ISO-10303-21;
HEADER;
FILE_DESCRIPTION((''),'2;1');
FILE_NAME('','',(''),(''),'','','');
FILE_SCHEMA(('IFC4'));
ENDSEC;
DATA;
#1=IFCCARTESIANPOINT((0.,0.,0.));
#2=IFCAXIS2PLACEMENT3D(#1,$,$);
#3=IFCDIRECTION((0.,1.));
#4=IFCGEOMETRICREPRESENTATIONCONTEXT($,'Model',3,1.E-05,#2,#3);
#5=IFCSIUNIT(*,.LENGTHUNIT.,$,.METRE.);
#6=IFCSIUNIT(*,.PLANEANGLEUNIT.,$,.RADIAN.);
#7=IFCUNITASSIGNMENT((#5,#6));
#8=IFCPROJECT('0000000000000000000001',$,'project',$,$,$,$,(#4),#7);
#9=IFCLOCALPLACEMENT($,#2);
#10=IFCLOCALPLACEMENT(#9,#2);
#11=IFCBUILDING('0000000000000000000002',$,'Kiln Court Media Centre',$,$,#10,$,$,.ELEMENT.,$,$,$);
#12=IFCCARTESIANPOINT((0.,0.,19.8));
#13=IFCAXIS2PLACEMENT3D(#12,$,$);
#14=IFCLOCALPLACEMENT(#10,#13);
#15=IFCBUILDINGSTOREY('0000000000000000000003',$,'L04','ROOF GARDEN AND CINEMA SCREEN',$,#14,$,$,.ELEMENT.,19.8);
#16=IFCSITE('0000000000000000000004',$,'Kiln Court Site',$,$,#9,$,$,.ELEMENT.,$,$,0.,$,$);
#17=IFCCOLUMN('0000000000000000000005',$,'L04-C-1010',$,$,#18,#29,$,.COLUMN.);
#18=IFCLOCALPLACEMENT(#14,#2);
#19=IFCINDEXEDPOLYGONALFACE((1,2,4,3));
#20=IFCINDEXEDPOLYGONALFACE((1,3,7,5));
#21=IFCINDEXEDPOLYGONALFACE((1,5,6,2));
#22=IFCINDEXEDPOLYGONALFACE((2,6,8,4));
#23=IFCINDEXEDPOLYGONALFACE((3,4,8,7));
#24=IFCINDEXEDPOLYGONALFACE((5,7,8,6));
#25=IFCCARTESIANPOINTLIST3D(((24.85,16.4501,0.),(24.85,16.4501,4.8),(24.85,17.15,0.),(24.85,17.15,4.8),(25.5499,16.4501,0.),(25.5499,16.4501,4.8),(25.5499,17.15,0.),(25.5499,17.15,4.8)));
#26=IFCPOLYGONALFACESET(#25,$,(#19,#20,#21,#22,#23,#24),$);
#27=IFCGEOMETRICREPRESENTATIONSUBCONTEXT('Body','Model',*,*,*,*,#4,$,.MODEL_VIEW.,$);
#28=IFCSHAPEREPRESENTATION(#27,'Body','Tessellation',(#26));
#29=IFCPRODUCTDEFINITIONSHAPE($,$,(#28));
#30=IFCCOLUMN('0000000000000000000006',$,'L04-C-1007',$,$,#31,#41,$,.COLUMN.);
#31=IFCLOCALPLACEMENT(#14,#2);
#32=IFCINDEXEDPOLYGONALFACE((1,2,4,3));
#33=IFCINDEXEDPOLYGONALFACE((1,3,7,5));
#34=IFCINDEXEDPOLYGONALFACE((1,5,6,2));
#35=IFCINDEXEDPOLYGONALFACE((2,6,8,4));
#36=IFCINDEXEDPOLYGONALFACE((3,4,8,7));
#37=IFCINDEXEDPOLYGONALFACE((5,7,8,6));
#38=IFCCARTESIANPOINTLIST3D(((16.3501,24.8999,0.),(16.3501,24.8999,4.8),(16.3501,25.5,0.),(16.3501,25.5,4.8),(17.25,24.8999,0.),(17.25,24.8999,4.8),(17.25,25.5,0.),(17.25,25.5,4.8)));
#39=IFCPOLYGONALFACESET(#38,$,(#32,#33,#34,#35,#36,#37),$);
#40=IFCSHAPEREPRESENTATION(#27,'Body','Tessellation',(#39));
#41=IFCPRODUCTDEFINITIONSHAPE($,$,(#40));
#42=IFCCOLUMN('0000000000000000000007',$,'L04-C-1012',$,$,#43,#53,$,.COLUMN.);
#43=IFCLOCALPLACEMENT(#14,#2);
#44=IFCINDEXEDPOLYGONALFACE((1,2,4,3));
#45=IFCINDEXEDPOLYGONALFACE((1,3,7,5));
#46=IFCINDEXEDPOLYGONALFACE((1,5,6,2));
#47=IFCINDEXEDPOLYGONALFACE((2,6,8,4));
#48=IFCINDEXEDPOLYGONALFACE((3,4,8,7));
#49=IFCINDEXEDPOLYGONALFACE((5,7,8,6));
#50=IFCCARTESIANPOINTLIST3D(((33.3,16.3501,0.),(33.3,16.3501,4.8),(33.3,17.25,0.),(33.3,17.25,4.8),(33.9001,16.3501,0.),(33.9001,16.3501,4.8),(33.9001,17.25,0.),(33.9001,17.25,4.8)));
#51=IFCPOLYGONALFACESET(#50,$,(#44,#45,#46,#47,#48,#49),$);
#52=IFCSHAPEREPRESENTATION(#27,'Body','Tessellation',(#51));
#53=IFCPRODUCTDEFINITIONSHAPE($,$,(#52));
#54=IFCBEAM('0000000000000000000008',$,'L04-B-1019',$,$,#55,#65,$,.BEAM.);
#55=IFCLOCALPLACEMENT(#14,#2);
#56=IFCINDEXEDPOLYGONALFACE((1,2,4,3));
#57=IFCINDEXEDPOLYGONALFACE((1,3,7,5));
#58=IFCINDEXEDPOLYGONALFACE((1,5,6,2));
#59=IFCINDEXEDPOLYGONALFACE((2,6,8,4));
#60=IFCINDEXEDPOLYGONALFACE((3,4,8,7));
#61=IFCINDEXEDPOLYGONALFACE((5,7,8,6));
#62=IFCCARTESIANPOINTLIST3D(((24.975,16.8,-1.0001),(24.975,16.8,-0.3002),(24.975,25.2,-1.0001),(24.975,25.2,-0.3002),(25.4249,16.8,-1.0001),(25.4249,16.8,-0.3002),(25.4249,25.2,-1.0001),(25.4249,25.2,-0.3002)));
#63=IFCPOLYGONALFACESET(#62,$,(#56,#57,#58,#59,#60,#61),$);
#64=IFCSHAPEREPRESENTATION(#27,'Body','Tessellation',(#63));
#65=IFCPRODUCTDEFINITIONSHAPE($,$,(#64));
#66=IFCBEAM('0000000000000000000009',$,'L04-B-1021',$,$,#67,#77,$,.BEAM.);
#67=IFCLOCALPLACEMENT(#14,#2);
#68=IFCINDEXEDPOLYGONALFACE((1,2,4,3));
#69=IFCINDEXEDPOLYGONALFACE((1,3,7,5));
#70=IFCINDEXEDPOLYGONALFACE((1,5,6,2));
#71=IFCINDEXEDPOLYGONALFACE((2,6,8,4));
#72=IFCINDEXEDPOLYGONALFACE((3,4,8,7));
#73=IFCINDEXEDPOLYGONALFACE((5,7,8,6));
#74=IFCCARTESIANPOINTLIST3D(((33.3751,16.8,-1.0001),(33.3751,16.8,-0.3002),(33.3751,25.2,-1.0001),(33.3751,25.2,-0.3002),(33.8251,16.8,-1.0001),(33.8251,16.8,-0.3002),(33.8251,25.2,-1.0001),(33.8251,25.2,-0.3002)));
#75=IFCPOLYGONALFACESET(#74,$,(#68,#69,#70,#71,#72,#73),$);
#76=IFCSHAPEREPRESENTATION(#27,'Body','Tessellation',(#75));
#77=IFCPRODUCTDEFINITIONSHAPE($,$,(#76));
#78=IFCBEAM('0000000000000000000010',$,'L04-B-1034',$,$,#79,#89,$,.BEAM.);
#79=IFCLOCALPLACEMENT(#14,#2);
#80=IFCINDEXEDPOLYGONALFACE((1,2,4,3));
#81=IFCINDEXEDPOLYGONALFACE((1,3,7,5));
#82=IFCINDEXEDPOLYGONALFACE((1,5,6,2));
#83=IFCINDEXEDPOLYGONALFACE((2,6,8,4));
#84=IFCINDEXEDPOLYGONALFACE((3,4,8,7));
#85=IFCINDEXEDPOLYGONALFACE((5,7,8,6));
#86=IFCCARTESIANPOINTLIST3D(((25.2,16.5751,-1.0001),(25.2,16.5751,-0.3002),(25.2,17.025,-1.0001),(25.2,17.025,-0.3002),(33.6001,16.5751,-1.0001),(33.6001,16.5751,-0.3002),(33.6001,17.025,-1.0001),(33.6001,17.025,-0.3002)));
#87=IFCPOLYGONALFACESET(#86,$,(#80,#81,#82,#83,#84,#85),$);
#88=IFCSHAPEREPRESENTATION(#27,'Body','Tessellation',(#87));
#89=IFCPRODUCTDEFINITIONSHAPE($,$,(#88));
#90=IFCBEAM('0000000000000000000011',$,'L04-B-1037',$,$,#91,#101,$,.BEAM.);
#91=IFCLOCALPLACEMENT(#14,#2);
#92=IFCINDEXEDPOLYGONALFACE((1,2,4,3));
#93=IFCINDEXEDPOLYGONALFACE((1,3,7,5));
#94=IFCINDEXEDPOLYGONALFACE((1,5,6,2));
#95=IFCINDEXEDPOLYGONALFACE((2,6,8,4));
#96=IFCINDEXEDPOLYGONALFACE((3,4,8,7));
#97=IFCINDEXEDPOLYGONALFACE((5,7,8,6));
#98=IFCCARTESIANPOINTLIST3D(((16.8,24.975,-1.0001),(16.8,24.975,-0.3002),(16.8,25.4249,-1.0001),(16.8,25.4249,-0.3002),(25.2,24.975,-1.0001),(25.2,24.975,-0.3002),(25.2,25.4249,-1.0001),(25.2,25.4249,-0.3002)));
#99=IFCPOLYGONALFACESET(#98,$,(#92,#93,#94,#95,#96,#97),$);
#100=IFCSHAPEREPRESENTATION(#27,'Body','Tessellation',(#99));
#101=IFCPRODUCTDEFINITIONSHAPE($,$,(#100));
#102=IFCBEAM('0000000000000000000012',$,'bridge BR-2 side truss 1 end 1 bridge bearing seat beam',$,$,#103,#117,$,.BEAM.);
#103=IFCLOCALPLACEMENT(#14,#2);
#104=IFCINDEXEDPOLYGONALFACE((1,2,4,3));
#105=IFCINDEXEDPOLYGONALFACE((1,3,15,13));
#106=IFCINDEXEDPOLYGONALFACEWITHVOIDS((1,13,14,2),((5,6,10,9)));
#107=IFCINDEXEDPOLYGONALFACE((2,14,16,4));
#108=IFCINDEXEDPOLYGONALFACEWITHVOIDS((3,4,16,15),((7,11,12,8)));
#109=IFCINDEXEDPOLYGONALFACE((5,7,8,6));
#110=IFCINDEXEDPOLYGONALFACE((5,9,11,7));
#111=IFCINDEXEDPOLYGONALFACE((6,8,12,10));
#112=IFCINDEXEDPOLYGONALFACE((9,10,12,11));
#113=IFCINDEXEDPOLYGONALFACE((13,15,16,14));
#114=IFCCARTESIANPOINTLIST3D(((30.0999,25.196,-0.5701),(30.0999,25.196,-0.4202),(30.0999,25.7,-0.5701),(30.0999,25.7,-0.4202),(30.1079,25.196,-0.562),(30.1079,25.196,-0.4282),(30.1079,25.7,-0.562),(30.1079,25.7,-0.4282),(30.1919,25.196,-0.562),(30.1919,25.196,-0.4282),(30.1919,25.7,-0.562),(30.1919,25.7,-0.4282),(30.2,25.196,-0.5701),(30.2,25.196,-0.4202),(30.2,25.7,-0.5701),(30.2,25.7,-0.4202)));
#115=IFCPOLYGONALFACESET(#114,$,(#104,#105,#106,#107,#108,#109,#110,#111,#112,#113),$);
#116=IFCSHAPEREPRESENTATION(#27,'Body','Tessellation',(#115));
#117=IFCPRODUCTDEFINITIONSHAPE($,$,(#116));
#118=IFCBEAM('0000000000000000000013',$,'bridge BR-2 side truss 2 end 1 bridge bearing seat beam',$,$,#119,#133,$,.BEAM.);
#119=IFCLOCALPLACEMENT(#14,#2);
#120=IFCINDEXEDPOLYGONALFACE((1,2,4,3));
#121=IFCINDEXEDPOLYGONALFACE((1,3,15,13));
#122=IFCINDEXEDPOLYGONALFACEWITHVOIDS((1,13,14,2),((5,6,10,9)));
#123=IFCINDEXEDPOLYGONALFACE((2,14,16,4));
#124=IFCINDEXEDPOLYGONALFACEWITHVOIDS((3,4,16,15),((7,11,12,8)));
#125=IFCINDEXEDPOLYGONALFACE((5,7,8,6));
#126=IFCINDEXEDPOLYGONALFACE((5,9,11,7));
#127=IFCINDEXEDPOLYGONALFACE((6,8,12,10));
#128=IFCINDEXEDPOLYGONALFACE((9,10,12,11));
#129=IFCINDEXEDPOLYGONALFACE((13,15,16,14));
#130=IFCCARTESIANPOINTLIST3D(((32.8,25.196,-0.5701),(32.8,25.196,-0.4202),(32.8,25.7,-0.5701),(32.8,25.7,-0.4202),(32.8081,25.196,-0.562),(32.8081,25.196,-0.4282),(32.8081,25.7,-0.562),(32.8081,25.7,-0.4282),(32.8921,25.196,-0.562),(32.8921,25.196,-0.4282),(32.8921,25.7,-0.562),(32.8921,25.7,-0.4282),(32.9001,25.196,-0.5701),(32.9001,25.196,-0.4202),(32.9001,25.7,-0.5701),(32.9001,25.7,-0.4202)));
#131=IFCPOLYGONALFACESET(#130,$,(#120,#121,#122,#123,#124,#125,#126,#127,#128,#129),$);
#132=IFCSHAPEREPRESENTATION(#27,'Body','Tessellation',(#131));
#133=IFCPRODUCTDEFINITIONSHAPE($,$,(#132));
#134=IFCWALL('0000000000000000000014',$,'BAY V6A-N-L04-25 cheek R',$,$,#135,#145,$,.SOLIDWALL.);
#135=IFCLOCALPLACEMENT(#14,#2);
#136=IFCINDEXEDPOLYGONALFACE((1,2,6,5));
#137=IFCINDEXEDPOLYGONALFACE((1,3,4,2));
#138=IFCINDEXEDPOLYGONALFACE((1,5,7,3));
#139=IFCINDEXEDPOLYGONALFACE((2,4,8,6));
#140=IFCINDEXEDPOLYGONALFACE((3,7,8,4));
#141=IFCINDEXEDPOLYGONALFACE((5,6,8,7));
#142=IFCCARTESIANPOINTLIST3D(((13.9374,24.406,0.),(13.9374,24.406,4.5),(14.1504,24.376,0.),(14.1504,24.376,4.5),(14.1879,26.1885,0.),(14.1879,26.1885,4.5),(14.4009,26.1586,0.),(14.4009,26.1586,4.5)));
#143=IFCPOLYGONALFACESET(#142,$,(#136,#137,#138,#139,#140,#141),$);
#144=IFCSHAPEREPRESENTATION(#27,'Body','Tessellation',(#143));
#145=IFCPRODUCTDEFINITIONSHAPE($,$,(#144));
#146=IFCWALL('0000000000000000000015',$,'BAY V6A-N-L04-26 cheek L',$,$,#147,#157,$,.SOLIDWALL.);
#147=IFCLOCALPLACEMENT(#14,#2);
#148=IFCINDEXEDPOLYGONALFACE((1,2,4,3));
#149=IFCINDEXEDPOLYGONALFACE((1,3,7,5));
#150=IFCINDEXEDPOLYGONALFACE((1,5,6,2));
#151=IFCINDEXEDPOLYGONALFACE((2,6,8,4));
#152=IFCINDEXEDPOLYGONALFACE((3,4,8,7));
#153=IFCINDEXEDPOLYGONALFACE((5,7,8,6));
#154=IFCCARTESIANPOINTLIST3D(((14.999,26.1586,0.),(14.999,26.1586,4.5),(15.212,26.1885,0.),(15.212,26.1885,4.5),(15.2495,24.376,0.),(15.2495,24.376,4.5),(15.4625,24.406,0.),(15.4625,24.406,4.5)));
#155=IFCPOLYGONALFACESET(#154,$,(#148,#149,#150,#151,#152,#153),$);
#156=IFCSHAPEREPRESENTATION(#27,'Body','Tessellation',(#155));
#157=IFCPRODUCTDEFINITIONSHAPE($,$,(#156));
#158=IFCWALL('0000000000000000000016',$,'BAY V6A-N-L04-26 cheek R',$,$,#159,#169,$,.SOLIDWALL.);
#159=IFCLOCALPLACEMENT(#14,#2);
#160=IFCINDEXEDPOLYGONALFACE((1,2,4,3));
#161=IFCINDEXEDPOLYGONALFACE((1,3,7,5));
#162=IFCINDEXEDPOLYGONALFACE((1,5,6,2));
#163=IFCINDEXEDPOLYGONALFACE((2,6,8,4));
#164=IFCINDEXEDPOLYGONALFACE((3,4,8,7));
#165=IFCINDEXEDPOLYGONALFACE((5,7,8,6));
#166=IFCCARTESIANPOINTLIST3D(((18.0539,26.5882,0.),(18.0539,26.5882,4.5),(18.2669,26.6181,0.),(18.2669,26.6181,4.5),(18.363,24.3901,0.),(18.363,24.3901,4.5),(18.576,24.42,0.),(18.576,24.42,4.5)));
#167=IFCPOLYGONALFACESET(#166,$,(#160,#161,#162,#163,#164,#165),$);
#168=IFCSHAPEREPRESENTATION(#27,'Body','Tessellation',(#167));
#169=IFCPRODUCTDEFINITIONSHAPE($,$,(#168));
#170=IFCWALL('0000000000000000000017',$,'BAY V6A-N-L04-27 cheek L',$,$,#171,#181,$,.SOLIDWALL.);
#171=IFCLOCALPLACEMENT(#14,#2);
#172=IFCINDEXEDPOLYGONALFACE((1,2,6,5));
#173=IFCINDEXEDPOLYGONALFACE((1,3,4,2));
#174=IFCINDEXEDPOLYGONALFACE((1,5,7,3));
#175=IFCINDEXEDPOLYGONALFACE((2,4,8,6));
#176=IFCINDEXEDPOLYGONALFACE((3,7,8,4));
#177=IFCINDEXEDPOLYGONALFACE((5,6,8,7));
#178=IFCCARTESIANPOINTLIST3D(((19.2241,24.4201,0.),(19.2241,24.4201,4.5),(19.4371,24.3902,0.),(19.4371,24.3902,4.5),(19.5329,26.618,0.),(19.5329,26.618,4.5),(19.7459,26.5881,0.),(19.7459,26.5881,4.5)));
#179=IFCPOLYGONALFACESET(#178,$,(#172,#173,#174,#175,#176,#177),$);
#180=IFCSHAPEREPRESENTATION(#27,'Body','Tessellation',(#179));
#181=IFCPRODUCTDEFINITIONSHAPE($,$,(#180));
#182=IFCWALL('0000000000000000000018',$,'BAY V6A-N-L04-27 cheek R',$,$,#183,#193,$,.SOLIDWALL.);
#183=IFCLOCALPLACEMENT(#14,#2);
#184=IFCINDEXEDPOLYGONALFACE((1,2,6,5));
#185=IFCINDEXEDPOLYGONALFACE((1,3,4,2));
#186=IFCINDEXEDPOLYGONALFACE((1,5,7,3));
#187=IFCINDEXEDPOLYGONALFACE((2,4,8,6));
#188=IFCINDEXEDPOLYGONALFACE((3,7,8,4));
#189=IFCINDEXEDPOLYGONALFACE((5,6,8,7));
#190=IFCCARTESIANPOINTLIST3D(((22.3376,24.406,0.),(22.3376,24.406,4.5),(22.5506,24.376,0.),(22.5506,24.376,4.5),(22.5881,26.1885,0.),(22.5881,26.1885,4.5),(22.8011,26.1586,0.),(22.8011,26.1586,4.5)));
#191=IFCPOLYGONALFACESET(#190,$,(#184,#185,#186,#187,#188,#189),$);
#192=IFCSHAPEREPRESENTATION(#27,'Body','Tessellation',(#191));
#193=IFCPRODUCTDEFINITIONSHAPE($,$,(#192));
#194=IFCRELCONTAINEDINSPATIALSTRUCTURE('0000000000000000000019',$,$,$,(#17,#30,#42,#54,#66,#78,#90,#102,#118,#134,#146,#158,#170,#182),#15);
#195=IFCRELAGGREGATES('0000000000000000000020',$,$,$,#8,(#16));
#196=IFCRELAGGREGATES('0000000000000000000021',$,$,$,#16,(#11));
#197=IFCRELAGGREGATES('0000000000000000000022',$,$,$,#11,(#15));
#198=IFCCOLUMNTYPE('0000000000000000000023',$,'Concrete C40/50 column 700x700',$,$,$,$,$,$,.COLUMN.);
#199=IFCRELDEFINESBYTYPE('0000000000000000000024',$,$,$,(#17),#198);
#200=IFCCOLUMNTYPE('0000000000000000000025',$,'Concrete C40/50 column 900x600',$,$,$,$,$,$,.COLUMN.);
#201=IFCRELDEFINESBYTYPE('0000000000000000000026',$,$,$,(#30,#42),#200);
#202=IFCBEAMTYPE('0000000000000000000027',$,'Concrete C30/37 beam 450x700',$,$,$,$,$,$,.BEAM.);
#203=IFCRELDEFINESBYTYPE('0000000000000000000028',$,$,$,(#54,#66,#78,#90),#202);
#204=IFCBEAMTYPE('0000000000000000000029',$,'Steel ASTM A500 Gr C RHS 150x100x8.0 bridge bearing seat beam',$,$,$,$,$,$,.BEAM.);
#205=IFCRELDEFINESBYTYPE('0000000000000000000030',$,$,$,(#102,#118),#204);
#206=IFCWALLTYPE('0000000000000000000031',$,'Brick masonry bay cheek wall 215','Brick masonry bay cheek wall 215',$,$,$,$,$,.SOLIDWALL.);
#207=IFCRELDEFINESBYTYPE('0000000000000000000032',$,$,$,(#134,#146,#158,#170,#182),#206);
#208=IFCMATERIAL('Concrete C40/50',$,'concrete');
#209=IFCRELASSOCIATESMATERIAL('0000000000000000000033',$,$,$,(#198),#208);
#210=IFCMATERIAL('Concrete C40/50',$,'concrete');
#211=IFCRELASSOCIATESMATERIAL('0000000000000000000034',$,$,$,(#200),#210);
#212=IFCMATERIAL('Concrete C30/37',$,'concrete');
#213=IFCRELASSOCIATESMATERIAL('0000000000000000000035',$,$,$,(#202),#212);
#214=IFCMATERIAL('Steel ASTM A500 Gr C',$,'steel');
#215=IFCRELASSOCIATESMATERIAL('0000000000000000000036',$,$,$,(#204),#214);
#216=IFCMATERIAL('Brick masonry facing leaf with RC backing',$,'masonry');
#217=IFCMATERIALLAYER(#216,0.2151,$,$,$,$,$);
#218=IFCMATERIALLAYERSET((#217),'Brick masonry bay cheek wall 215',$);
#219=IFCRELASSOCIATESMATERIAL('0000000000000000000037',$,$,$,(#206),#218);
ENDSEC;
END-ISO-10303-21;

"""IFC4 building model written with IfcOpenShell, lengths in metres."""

from ifc_helpers import new_model, si_unit, direction, frame, frame_2d, origin, origin_2d, place, context, subcontext, project, spatial, rectangle, hollow_rectangle, extrude, material, layer, layer_set, material_profile, profile_set, type_object, element, save


model = new_model("IFC4")

# Units and contexts
model_context = context("Model", 3, precision=1e-05, world=origin(), true_north=direction((0.0, 1.0)))
body_context = subcontext(model_context, "Body", "Model", "MODEL_VIEW")
ifc_project = project(units=[si_unit("LENGTHUNIT", "METRE"), si_unit("PLANEANGLEUNIT", "RADIAN")], contexts=[model_context])

# Site, building, storey
site_placement = place(None, origin())
site = spatial("IfcSite", under=ifc_project, at=site_placement, Name="Kiln Court Site", CompositionType="ELEMENT", RefElevation=0.0)
building_placement = place(site_placement, origin())
building = spatial("IfcBuilding", under=site, at=building_placement, Name="Kiln Court Media Centre", CompositionType="ELEMENT")
storey_placement = place(building_placement, frame((0.0, 0.0, 19.8)))
storey = spatial("IfcBuildingStorey", under=building, at=storey_placement, Name="L04", Description="ROOF GARDEN AND CINEMA SCREEN", CompositionType="ELEMENT", Elevation=19.8)

# Columns
ifc_material_1 = material(Name="Concrete C40/50", Category="concrete")
ifc_material_profile_1 = material_profile(ifc_material_1, rectangle(XDim=0.7, YDim=0.7, at=origin_2d()), Name="RC 700x700")
ifc_profile_set_1 = profile_set([ifc_material_profile_1], Name="Concrete C40/50")
column_type_1 = type_object("IfcColumnType", Name="Concrete C40/50 column 700x700", PredefinedType="COLUMN", material=ifc_profile_set_1)
column_placement = place(storey_placement, frame((25.2, 16.8, 0.0), z_axis=(0.0, 0.0, 1.0), x_axis=(1.0, 0.0, 0.0)))
element("IfcColumn", 1, at=column_placement, inside=storey, type_object=column_type_1, Name="L04-C-1010", PredefinedType="COLUMN", context=body_context, shape_type="SweptSolid", body=[
    extrude(rectangle(XDim=0.7, YDim=0.7, at=origin_2d()), origin(), (0.0, 0.0, 1.0), 4.8),
])
ifc_material_2 = material(Name="Concrete C40/50", Category="concrete")
ifc_material_profile_2 = material_profile(ifc_material_2, rectangle(XDim=0.8999, YDim=0.6001, at=origin_2d()), Name="RC 900x600")
ifc_profile_set_2 = profile_set([ifc_material_profile_2], Name="Concrete C40/50")
column_type_2 = type_object("IfcColumnType", Name="Concrete C40/50 column 900x600", PredefinedType="COLUMN", material=ifc_profile_set_2)
for number, where, z_axis, x_axis, name in (
    (2, (16.8, 25.2, 0.0), (0.0, 0.0, 1.0), (1.0, 0.0, 0.0), "L04-C-1007"),
    (3, (33.6001, 16.8, 0.0), (0.0, 0.0, 1.0), (0.0, 1.0, 0.0), "L04-C-1012"),
):
    element("IfcColumn", number, at=place(storey_placement, frame(where, z_axis=z_axis, x_axis=x_axis)), inside=storey, type_object=column_type_2, Name=name, PredefinedType="COLUMN", context=body_context, shape_type="SweptSolid", body=[
        extrude(rectangle(XDim=0.8999, YDim=0.6001, at=origin_2d()), origin(), (0.0, 0.0, 1.0), 4.8),
    ])

# Beams
ifc_material_3 = material(Name="Concrete C30/37", Category="concrete")
ifc_material_profile_3 = material_profile(ifc_material_3, rectangle(XDim=0.45, YDim=0.7, at=origin_2d()), Name="RC 450x700")
ifc_profile_set_3 = profile_set([ifc_material_profile_3], Name="Concrete C30/37")
beam_type_1 = type_object("IfcBeamType", Name="Concrete C30/37 beam 450x700", PredefinedType="BEAM", material=ifc_profile_set_3)
for number, where, z_axis, x_axis, name in (
    (4, (25.2, 16.8, -0.6501), (0.0, 1.0, 0.0), (-1.0, 0.0, 0.0), "L04-B-1019"),
    (5, (33.6001, 16.8, -0.6501), (0.0, 1.0, 0.0), (-1.0, 0.0, 0.0), "L04-B-1021"),
):
    element("IfcBeam", number, at=place(storey_placement, frame(where, z_axis=z_axis, x_axis=x_axis)), inside=storey, type_object=beam_type_1, Name=name, PredefinedType="BEAM", context=body_context, shape_type="SweptSolid", body=[
        extrude(rectangle(XDim=0.45, YDim=0.7, at=origin_2d()), origin(), (0.0, 0.0, 1.0), 8.3999),
    ])
beam_1_placement = place(storey_placement, frame((25.2, 16.8, -0.6501), z_axis=(1.0, 0.0, 0.0), x_axis=(0.0, 1.0, 0.0)))
element("IfcBeam", 6, at=beam_1_placement, inside=storey, type_object=beam_type_1, Name="L04-B-1034", PredefinedType="BEAM", context=body_context, shape_type="SweptSolid", body=[
    extrude(rectangle(XDim=0.45, YDim=0.7, at=origin_2d()), origin(), (0.0, 0.0, 1.0), 8.4001),
])
beam_2_placement = place(storey_placement, frame((16.8, 25.2, -0.6501), z_axis=(1.0, 0.0, 0.0), x_axis=(0.0, 1.0, 0.0)))
element("IfcBeam", 7, at=beam_2_placement, inside=storey, type_object=beam_type_1, Name="L04-B-1037", PredefinedType="BEAM", context=body_context, shape_type="SweptSolid", body=[
    extrude(rectangle(XDim=0.45, YDim=0.7, at=origin_2d()), origin(), (0.0, 0.0, 1.0), 8.3999),
])
ifc_material_4 = material(Name="Steel ASTM A500 Gr C", Category="steel")
ifc_material_profile_4 = material_profile(ifc_material_4, hollow_rectangle(XDim=0.1001, YDim=0.1499, WallThickness=0.0081, at=origin_2d()), Name="RHS 150x100x8.0")
ifc_profile_set_4 = profile_set([ifc_material_profile_4], Name="Steel ASTM A500 Gr C")
beam_type_2 = type_object("IfcBeamType", Name="Steel ASTM A500 Gr C RHS 150x100x8.0 bridge bearing seat beam", PredefinedType="BEAM", material=ifc_profile_set_4)
for number, where, z_axis, x_axis, name in (
    (8, (30.1499, 25.196, -0.4951), (0.0, 1.0, 0.0), (-1.0, 0.0, 0.0), "bridge BR-2 side truss 1 end 1 bridge bearing seat beam"),
    (9, (32.8501, 25.196, -0.4951), (0.0, 1.0, 0.0), (-1.0, 0.0, 0.0), "bridge BR-2 side truss 2 end 1 bridge bearing seat beam"),
):
    element("IfcBeam", number, at=place(storey_placement, frame(where, z_axis=z_axis, x_axis=x_axis)), inside=storey, type_object=beam_type_2, Name=name, PredefinedType="BEAM", context=body_context, shape_type="SweptSolid", body=[
        extrude(hollow_rectangle(XDim=0.1001, YDim=0.1499, WallThickness=0.0081, at=origin_2d()), origin(), (0.0, 0.0, 1.0), 0.5039),
    ])

# Walls
ifc_material_5 = material(Name="Brick masonry facing leaf with RC backing", Category="masonry")
ifc_layer_1 = layer(ifc_material_5, 0.2151)
ifc_layer_set_1 = layer_set([ifc_layer_1], Name="Brick masonry bay cheek wall 215")
wall_type_1 = type_object("IfcWallType", Name="Brick masonry bay cheek wall 215", Description="Brick masonry bay cheek wall 215", PredefinedType="SOLIDWALL", material=ifc_layer_set_1)
for number, where, z_axis, x_axis, name in (
    (10, (14.0439, 24.3911, 0.0), (0.0, 0.0, 1.0), (0.139161, 0.99027, 0.0), "BAY V6A-N-L04-25 cheek R"),
    (11, (15.356, 24.3911, 0.0), (0.0, 0.0, 1.0), (-0.139161, 0.99027, 0.0), "BAY V6A-N-L04-26 cheek L"),
):
    element("IfcWall", number, at=place(storey_placement, frame(where, z_axis=z_axis, x_axis=x_axis)), inside=storey, type_object=wall_type_1, Name=name, PredefinedType="SOLIDWALL", context=body_context, shape_type="SweptSolid", body=[
        extrude(rectangle(XDim=1.8, YDim=0.2151, at=frame_2d((0.8999, 0.0))), origin(), (0.0, 0.0, 1.0), 4.5),
    ])
wall_1_placement = place(storey_placement, frame((18.4695, 24.405, 0.0), z_axis=(0.0, 0.0, 1.0), x_axis=(-0.13925, 0.990257, 0.0)))
element("IfcWall", 12, at=wall_1_placement, inside=storey, type_object=wall_type_1, Name="BAY V6A-N-L04-26 cheek R", PredefinedType="SOLIDWALL", context=body_context, shape_type="SweptSolid", body=[
    extrude(rectangle(XDim=2.2197, YDim=0.2151, at=frame_2d((1.1099, 0.0))), origin(), (0.0, 0.0, 1.0), 4.5),
])
wall_2_placement = place(storey_placement, frame((19.3306, 24.405, 0.0), z_axis=(0.0, 0.0, 1.0), x_axis=(0.139142, 0.990272, 0.0)))
element("IfcWall", 13, at=wall_2_placement, inside=storey, type_object=wall_type_1, Name="BAY V6A-N-L04-27 cheek L", PredefinedType="SOLIDWALL", context=body_context, shape_type="SweptSolid", body=[
    extrude(rectangle(XDim=2.2195, YDim=0.2151, at=frame_2d((1.1099, 0.0))), origin(), (0.0, 0.0, 1.0), 4.5),
])
for number, where, z_axis, x_axis, name in (
    (14, (22.4441, 24.3911, 0.0), (0.0, 0.0, 1.0), (0.139161, 0.99027, 0.0), "BAY V6A-N-L04-27 cheek R"),
):
    element("IfcWall", number, at=place(storey_placement, frame(where, z_axis=z_axis, x_axis=x_axis)), inside=storey, type_object=wall_type_1, Name=name, PredefinedType="SOLIDWALL", context=body_context, shape_type="SweptSolid", body=[
        extrude(rectangle(XDim=1.8, YDim=0.2151, at=frame_2d((0.8999, 0.0))), origin(), (0.0, 0.0, 1.0), 4.5),
    ])

save(model, "model.ifc")
